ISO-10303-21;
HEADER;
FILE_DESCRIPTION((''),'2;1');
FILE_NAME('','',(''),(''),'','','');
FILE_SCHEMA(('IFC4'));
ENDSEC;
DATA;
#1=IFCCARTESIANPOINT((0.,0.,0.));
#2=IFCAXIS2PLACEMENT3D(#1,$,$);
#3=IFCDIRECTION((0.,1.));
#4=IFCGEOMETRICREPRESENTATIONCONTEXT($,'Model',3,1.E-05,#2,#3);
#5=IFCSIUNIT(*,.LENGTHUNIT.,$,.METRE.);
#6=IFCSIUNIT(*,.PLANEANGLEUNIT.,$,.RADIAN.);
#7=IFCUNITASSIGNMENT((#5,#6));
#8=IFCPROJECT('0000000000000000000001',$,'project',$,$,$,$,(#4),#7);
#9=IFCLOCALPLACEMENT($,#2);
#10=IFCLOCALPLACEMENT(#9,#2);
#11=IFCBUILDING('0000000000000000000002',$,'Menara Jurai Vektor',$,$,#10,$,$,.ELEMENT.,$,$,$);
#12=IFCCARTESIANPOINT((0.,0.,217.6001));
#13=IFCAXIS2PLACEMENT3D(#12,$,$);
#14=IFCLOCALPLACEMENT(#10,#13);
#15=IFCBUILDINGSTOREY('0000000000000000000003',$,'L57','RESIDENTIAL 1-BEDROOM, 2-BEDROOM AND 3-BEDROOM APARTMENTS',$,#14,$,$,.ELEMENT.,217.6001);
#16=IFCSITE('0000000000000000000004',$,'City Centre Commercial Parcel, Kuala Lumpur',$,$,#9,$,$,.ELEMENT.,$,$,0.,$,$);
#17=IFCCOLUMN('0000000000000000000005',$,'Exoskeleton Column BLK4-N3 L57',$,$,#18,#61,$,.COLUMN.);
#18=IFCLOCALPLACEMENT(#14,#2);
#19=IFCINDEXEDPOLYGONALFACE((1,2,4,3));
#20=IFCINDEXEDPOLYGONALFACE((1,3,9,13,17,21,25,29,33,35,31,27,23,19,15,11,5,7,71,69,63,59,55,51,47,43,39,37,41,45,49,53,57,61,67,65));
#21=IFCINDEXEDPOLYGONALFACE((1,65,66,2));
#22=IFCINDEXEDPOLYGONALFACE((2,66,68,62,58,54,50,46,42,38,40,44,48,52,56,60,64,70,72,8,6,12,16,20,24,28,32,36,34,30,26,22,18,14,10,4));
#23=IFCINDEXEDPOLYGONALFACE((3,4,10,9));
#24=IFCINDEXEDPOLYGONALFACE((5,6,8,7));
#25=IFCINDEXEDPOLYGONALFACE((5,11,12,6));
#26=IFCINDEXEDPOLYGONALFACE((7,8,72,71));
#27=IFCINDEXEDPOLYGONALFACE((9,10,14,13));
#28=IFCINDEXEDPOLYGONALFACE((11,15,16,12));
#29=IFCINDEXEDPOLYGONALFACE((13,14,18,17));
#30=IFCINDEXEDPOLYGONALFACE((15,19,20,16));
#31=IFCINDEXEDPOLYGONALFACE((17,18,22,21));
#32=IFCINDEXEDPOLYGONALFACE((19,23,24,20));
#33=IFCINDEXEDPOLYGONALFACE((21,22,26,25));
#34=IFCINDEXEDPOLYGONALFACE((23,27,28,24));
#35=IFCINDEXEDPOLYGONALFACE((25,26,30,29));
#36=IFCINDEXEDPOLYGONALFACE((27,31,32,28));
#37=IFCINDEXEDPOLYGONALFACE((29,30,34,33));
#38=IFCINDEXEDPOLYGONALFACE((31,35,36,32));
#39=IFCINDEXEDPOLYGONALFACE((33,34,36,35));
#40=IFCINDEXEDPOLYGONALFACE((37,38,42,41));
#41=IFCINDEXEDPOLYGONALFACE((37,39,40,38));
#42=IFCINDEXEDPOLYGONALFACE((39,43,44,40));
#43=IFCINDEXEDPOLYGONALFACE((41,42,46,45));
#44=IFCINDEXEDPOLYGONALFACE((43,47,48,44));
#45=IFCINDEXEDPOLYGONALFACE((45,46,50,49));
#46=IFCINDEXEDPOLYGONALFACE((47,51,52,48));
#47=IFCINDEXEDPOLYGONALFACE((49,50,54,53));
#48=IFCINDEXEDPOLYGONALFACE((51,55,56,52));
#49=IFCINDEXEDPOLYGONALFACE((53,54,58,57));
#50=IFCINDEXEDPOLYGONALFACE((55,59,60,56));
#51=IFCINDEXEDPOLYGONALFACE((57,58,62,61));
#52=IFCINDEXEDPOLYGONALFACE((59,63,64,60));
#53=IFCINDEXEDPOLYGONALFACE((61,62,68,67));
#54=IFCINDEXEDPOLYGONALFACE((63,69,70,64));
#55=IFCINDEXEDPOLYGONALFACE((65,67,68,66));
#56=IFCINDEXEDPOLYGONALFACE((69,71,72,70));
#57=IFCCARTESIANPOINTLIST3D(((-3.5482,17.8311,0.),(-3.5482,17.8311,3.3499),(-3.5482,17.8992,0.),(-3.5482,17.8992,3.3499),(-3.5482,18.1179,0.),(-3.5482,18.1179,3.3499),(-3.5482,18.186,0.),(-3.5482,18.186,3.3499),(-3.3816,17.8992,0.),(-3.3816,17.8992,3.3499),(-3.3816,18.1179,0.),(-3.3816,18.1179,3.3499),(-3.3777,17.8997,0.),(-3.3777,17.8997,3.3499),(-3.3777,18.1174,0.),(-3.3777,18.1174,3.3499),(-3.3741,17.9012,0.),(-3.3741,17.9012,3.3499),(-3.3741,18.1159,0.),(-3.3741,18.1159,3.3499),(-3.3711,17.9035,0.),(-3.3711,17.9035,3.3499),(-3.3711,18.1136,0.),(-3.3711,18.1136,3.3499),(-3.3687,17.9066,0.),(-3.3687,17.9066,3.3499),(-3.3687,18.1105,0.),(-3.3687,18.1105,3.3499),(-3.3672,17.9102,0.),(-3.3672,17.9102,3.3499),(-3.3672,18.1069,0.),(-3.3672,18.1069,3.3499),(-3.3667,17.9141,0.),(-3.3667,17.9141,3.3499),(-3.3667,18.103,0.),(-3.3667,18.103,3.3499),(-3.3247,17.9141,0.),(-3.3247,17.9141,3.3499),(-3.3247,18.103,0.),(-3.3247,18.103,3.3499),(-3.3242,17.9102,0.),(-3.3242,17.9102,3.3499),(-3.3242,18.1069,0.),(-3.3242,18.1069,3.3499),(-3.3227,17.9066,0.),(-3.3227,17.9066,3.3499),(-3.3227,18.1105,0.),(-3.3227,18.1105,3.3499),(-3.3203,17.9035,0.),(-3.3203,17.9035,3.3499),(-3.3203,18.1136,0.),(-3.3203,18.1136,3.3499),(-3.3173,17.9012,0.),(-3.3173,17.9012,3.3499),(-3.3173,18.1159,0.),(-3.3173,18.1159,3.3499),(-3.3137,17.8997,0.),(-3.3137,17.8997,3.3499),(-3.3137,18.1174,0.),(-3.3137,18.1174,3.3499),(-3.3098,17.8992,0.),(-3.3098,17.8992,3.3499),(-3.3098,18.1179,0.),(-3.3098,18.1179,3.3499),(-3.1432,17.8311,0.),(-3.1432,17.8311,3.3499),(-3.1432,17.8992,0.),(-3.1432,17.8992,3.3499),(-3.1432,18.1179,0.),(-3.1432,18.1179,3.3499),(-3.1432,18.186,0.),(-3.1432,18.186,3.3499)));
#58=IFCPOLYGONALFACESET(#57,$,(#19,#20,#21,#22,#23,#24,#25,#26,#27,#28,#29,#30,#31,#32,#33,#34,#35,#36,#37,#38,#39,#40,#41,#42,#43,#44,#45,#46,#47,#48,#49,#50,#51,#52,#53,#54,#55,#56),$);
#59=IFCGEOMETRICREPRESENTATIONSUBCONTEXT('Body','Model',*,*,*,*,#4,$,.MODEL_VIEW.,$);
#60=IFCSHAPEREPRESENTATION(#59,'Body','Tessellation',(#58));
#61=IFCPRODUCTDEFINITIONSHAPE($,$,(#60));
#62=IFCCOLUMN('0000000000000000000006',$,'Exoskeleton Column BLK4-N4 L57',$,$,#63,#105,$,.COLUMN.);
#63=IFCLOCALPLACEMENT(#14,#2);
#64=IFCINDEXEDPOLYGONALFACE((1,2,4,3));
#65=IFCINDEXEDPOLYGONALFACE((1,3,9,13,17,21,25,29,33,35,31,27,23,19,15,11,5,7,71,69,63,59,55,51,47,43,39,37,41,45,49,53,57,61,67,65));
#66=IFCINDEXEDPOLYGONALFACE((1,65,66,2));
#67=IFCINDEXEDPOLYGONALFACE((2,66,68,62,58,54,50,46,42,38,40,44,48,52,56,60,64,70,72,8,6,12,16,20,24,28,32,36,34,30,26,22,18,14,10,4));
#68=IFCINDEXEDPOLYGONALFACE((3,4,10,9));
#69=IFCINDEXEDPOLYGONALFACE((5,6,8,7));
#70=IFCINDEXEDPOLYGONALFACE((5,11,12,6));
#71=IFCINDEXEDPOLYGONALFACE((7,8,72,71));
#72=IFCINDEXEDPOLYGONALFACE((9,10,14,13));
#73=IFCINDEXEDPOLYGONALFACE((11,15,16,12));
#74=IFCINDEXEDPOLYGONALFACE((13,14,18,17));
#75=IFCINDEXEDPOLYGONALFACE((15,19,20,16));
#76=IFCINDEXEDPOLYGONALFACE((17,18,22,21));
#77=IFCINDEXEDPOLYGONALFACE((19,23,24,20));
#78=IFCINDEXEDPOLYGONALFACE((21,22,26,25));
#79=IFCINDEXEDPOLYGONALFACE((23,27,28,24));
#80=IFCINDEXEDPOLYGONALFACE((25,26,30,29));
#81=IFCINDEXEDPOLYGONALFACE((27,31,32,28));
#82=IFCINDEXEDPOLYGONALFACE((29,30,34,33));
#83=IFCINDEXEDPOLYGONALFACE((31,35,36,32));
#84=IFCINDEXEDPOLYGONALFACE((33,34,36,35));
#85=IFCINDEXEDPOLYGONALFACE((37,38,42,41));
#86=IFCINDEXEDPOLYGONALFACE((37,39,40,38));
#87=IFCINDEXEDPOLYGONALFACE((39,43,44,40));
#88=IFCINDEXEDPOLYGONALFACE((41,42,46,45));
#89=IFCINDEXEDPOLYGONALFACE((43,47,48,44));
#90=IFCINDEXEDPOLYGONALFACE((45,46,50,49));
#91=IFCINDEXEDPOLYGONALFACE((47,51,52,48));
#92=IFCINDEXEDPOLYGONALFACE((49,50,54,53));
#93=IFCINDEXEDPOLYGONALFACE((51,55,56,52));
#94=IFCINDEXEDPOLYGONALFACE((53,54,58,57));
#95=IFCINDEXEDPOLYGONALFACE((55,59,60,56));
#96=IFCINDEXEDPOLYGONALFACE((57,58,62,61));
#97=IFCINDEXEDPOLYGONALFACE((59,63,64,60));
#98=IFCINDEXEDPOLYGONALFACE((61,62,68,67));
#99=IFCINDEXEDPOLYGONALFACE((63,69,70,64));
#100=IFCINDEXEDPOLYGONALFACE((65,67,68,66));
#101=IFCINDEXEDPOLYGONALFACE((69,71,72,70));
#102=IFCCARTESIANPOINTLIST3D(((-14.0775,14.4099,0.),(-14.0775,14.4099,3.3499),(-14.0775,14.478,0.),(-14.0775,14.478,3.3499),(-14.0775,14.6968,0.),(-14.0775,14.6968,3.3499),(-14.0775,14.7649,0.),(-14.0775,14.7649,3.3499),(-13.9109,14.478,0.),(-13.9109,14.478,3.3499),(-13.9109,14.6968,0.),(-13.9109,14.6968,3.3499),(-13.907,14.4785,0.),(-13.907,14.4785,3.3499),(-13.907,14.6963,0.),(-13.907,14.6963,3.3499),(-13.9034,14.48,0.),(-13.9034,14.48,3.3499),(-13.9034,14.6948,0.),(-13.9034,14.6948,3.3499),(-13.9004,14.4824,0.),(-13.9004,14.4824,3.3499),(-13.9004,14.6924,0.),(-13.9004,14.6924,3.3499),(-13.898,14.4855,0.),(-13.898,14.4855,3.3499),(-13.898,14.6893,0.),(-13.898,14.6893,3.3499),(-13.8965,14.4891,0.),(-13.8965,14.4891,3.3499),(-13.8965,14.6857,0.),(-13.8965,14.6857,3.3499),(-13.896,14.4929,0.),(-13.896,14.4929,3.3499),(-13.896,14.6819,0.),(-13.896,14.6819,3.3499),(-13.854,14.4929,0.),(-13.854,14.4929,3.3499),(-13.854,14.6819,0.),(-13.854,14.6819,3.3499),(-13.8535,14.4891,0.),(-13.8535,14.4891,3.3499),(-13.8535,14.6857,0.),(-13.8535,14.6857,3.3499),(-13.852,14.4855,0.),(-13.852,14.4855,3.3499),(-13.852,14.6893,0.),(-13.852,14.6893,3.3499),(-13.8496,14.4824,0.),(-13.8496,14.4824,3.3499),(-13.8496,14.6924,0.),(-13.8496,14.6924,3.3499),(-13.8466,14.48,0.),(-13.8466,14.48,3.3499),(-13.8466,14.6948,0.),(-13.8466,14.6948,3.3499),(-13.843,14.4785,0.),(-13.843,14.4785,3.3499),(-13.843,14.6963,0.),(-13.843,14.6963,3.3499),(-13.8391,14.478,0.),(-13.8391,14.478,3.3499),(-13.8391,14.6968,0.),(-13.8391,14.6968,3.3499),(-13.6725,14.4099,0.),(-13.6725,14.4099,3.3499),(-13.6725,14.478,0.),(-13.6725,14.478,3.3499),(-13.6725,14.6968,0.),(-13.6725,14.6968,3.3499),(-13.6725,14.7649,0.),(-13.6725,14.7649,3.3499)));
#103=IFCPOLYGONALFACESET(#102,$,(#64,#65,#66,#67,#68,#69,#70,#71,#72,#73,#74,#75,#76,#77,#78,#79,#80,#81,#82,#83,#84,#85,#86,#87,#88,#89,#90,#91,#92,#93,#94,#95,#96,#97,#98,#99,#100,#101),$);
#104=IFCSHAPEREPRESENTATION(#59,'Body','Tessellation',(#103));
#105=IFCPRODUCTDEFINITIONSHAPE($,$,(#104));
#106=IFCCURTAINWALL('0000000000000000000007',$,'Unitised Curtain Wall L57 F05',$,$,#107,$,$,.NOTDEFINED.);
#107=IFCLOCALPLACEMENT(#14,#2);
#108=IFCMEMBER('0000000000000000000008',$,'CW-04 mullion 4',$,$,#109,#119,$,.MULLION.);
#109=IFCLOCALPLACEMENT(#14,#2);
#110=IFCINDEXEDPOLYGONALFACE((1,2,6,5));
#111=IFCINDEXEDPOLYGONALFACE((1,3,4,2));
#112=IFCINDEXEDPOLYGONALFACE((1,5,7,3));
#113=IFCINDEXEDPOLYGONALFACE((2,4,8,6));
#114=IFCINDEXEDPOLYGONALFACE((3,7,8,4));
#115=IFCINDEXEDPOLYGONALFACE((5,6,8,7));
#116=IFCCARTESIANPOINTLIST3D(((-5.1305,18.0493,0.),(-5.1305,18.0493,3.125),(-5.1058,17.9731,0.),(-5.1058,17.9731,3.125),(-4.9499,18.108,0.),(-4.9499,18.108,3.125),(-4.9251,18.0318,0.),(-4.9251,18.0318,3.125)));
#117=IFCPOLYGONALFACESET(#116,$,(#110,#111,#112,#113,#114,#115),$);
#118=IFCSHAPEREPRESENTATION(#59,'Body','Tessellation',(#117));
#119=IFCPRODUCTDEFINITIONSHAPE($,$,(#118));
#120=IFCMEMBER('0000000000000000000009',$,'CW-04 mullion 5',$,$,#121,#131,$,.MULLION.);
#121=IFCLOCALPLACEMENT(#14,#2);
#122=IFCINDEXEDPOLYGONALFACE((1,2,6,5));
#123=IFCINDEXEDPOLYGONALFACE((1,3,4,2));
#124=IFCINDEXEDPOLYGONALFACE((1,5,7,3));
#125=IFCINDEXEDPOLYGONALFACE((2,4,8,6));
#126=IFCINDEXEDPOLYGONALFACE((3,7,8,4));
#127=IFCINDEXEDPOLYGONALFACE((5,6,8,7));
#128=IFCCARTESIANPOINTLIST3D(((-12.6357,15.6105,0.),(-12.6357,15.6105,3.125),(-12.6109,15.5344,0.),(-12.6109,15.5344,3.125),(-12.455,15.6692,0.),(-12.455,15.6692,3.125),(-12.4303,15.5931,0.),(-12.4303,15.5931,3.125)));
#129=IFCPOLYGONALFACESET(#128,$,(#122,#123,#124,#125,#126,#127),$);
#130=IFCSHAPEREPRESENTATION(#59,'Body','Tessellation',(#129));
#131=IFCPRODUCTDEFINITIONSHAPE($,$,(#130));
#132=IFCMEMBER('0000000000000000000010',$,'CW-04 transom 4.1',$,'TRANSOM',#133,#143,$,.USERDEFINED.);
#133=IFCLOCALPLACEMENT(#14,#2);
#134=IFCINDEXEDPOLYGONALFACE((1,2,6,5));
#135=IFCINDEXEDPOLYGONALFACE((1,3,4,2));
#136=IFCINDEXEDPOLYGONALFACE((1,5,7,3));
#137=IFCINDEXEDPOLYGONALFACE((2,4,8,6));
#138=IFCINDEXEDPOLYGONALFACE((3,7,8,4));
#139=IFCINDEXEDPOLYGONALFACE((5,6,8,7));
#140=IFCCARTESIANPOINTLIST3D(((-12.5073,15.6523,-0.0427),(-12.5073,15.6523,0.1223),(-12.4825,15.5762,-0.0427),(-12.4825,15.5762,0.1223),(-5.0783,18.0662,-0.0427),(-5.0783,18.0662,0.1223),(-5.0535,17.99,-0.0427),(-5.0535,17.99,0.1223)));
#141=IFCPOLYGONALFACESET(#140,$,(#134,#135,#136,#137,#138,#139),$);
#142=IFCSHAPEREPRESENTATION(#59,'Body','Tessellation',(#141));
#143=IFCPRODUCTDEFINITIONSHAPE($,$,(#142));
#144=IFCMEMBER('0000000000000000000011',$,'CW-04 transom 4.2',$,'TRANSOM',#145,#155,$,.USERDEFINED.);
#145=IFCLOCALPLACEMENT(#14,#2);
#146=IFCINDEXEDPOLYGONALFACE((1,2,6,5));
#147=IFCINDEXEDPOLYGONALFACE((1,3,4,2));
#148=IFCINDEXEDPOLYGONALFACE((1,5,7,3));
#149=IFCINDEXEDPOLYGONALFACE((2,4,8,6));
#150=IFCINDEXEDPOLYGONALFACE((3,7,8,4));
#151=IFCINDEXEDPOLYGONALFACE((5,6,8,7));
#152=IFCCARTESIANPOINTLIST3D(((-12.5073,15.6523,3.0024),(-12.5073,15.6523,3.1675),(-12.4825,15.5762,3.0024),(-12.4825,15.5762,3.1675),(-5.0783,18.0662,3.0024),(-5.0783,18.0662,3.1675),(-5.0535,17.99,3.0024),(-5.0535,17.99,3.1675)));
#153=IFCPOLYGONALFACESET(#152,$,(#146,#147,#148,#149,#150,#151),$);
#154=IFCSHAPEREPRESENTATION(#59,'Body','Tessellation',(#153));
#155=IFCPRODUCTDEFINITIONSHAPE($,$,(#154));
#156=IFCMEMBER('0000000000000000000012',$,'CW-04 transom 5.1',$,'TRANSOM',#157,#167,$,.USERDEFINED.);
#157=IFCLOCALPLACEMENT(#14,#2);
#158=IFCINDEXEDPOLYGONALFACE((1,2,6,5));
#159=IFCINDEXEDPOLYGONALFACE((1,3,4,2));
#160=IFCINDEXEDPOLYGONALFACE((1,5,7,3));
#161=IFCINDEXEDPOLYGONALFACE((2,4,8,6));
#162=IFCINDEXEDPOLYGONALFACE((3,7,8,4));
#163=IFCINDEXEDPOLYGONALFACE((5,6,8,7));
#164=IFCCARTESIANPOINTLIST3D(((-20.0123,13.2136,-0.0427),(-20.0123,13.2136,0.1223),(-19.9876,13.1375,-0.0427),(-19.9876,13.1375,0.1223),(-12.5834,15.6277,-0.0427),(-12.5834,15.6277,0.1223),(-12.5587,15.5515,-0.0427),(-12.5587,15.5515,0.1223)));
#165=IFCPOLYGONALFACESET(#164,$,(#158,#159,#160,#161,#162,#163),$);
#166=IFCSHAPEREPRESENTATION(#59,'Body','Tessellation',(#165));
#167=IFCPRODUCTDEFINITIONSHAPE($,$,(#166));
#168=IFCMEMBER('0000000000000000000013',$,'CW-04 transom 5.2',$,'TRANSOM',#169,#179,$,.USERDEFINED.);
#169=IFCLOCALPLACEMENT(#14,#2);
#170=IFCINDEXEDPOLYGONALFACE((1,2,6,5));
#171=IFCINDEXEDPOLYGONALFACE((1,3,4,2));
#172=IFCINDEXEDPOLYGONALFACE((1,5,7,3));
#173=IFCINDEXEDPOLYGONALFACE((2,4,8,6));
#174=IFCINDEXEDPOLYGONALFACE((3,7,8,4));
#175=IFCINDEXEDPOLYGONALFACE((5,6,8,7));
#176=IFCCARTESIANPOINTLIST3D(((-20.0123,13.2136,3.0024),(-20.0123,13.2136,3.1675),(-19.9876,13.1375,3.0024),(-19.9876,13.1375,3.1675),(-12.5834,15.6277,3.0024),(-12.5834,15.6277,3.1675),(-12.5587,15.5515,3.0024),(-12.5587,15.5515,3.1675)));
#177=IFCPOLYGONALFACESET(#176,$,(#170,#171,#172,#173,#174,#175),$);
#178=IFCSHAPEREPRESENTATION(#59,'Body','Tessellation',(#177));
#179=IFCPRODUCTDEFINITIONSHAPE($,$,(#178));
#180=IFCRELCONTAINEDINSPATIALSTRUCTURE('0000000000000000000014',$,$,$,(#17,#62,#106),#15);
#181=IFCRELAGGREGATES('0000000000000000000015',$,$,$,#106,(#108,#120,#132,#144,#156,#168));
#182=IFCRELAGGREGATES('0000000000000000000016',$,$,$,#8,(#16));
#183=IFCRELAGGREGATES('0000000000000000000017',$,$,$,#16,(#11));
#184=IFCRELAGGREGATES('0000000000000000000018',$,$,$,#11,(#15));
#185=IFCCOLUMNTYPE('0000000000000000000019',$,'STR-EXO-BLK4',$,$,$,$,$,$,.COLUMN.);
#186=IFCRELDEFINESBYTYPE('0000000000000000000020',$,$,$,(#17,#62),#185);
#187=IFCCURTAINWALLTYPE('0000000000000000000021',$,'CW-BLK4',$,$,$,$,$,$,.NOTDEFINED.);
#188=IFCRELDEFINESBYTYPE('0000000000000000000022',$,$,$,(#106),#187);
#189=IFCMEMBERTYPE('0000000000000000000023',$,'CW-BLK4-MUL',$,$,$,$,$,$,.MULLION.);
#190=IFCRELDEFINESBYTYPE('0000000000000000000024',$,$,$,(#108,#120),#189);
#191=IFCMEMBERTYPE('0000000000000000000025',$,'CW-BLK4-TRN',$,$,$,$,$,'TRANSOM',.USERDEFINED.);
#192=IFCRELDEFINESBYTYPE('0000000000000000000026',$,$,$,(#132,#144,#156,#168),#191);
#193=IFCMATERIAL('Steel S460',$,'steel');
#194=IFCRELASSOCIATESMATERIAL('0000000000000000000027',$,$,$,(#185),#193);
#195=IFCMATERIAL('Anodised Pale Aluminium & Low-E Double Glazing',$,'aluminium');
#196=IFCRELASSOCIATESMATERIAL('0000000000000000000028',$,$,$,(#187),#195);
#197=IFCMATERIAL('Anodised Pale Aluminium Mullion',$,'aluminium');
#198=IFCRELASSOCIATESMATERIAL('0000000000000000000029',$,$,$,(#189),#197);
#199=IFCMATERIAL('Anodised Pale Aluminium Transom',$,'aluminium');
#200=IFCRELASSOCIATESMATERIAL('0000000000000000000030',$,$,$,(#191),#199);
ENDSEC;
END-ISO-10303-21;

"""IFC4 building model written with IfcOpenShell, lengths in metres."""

from ifc_helpers import new_model, si_unit, direction, frame, origin, origin_2d, place, context, subcontext, project, spatial, rectangle, i_section, extrude, material, material_profile, profile_set, type_object, element, aggregate, save


model = new_model("IFC4")

# Units and contexts
model_context = context("Model", 3, precision=1e-05, world=origin(), true_north=direction((0.0, 1.0)))
body_context = subcontext(model_context, "Body", "Model", "MODEL_VIEW")
ifc_project = project(units=[si_unit("LENGTHUNIT", "METRE"), si_unit("PLANEANGLEUNIT", "RADIAN")], contexts=[model_context])

# Site, building, storey
site_placement = place(None, origin())
site = spatial("IfcSite", under=ifc_project, at=site_placement, Name="City Centre Commercial Parcel, Kuala Lumpur", CompositionType="ELEMENT", RefElevation=0.0)
building_placement = place(site_placement, origin())
building = spatial("IfcBuilding", under=site, at=building_placement, Name="Menara Jurai Vektor", CompositionType="ELEMENT")
storey_placement = place(building_placement, frame((0.0, 0.0, 217.6001)))
storey = spatial("IfcBuildingStorey", under=building, at=storey_placement, Name="L57", Description="RESIDENTIAL 1-BEDROOM, 2-BEDROOM AND 3-BEDROOM APARTMENTS", CompositionType="ELEMENT", Elevation=217.6001)

# Columns
ifc_material_1 = material(Name="Steel S460", Category="steel")
ifc_material_profile_1 = material_profile(ifc_material_1, i_section(OverallWidth=0.405, OverallDepth=0.355, WebThickness=0.042, FlangeThickness=0.0681, FilletRadius=0.0149, at=origin_2d()), Name="HD 400x551")
ifc_profile_set_1 = profile_set([ifc_material_profile_1], Name="Steel S460")
column_type = type_object("IfcColumnType", Name="STR-EXO-BLK4", PredefinedType="COLUMN", material=ifc_profile_set_1)
for number, where, z_axis, x_axis, name in (
    (1, (-3.3457, 18.0085, 0.0), (0.0, 0.0, 1.0), (1.0, 0.0, 0.0), "Exoskeleton Column BLK4-N3 L57"),
    (2, (-13.875, 14.5874, 0.0), (0.0, 0.0, 1.0), (1.0, 0.0, 0.0), "Exoskeleton Column BLK4-N4 L57"),
):
    element("IfcColumn", number, at=place(storey_placement, frame(where, z_axis=z_axis, x_axis=x_axis)), inside=storey, type_object=column_type, Name=name, PredefinedType="COLUMN", context=body_context, shape_type="SweptSolid", body=[
        extrude(i_section(OverallWidth=0.405, OverallDepth=0.355, WebThickness=0.042, FlangeThickness=0.0681, FilletRadius=0.0149, at=origin_2d()), origin(), (0.0, 0.0, 1.0), 3.3499),
    ])

# Curtain wall, members
ifc_material_2 = material(Name="Anodised Pale Aluminium & Low-E Double Glazing", Category="aluminium")
curtain_wall_type = type_object("IfcCurtainWallType", Name="CW-BLK4", PredefinedType="NOTDEFINED", material=ifc_material_2)
curtain_wall_placement = place(storey_placement, origin())
curtain_wall = element("IfcCurtainWall", 3, at=curtain_wall_placement, inside=storey, type_object=curtain_wall_type, Name="Unitised Curtain Wall L57 F05", PredefinedType="NOTDEFINED")
ifc_material_3 = material(Name="Anodised Pale Aluminium Mullion", Category="aluminium")
ifc_material_profile_2 = material_profile(ifc_material_3, rectangle(XDim=0.0801, YDim=0.1899, at=origin_2d()), Name="ALU MUL 80x190")
ifc_profile_set_2 = profile_set([ifc_material_profile_2], Name="Anodised Pale Aluminium Mullion")
member_type_1 = type_object("IfcMemberType", Name="CW-BLK4-MUL", PredefinedType="MULLION", material=ifc_profile_set_2)
member_1_placement = place(storey_placement, frame((-5.0278, 18.0405, 0.0), z_axis=(0.0, 0.0, 1.0), x_axis=(0.309017, -0.951056, 0.0)))
member_1 = element("IfcMember", 4, at=member_1_placement, type_object=member_type_1, Name="CW-04 mullion 4", PredefinedType="MULLION", context=body_context, shape_type="SweptSolid", body=[
    extrude(rectangle(XDim=0.0801, YDim=0.1899, at=origin_2d()), origin(), (0.0, 0.0, 1.0), 3.125),
])
member_2_placement = place(storey_placement, frame((-12.533, 15.6018, 0.0), z_axis=(0.0, 0.0, 1.0), x_axis=(0.309017, -0.951056, 0.0)))
member_2 = element("IfcMember", 5, at=member_2_placement, type_object=member_type_1, Name="CW-04 mullion 5", PredefinedType="MULLION", context=body_context, shape_type="SweptSolid", body=[
    extrude(rectangle(XDim=0.0801, YDim=0.1899, at=origin_2d()), origin(), (0.0, 0.0, 1.0), 3.125),
])
ifc_material_4 = material(Name="Anodised Pale Aluminium Transom", Category="aluminium")
ifc_material_profile_3 = material_profile(ifc_material_4, rectangle(XDim=0.0801, YDim=0.165, at=origin_2d()), Name="ALU TRN 80x165")
ifc_profile_set_3 = profile_set([ifc_material_profile_3], Name="Anodised Pale Aluminium Transom")
member_type_2 = type_object("IfcMemberType", Name="CW-BLK4-TRN", ElementType="TRANSOM", PredefinedType="USERDEFINED", material=ifc_profile_set_3)
member_3_placement = place(storey_placement, frame((-5.0659, 18.0281, 0.0398), z_axis=(-0.951056, -0.309018, 0.0), x_axis=(0.309018, -0.951056, 0.0)))
member_3 = element("IfcMember", 6, at=member_3_placement, type_object=member_type_2, Name="CW-04 transom 4.1", ObjectType="TRANSOM", PredefinedType="USERDEFINED", context=body_context, shape_type="SweptSolid", body=[
    extrude(rectangle(XDim=0.0801, YDim=0.165, at=origin_2d()), origin(), (0.0, 0.0, 1.0), 7.8113),
])
member_4_placement = place(storey_placement, frame((-5.0659, 18.0281, 3.085), z_axis=(-0.951056, -0.309018, 0.0), x_axis=(0.309018, -0.951056, 0.0)))
member_4 = element("IfcMember", 7, at=member_4_placement, type_object=member_type_2, Name="CW-04 transom 4.2", ObjectType="TRANSOM", PredefinedType="USERDEFINED", context=body_context, shape_type="SweptSolid", body=[
    extrude(rectangle(XDim=0.0801, YDim=0.165, at=origin_2d()), origin(), (0.0, 0.0, 1.0), 7.8113),
])
member_5_placement = place(storey_placement, frame((-12.571, 15.5896, 0.0398), z_axis=(-0.951047, -0.309046, 0.0), x_axis=(0.309046, -0.951047, 0.0)))
member_5 = element("IfcMember", 8, at=member_5_placement, type_object=member_type_2, Name="CW-04 transom 5.1", ObjectType="TRANSOM", PredefinedType="USERDEFINED", context=body_context, shape_type="SweptSolid", body=[
    extrude(rectangle(XDim=0.0801, YDim=0.165, at=origin_2d()), origin(), (0.0, 0.0, 1.0), 7.8113),
])
member_6_placement = place(storey_placement, frame((-12.571, 15.5896, 3.085), z_axis=(-0.951047, -0.309046, 0.0), x_axis=(0.309046, -0.951047, 0.0)))
member_6 = element("IfcMember", 9, at=member_6_placement, type_object=member_type_2, Name="CW-04 transom 5.2", ObjectType="TRANSOM", PredefinedType="USERDEFINED", context=body_context, shape_type="SweptSolid", body=[
    extrude(rectangle(XDim=0.0801, YDim=0.165, at=origin_2d()), origin(), (0.0, 0.0, 1.0), 7.8113),
])

aggregate(curtain_wall, [member_1, member_2, member_3, member_4, member_5, member_6])

save(model, "model.ifc")
